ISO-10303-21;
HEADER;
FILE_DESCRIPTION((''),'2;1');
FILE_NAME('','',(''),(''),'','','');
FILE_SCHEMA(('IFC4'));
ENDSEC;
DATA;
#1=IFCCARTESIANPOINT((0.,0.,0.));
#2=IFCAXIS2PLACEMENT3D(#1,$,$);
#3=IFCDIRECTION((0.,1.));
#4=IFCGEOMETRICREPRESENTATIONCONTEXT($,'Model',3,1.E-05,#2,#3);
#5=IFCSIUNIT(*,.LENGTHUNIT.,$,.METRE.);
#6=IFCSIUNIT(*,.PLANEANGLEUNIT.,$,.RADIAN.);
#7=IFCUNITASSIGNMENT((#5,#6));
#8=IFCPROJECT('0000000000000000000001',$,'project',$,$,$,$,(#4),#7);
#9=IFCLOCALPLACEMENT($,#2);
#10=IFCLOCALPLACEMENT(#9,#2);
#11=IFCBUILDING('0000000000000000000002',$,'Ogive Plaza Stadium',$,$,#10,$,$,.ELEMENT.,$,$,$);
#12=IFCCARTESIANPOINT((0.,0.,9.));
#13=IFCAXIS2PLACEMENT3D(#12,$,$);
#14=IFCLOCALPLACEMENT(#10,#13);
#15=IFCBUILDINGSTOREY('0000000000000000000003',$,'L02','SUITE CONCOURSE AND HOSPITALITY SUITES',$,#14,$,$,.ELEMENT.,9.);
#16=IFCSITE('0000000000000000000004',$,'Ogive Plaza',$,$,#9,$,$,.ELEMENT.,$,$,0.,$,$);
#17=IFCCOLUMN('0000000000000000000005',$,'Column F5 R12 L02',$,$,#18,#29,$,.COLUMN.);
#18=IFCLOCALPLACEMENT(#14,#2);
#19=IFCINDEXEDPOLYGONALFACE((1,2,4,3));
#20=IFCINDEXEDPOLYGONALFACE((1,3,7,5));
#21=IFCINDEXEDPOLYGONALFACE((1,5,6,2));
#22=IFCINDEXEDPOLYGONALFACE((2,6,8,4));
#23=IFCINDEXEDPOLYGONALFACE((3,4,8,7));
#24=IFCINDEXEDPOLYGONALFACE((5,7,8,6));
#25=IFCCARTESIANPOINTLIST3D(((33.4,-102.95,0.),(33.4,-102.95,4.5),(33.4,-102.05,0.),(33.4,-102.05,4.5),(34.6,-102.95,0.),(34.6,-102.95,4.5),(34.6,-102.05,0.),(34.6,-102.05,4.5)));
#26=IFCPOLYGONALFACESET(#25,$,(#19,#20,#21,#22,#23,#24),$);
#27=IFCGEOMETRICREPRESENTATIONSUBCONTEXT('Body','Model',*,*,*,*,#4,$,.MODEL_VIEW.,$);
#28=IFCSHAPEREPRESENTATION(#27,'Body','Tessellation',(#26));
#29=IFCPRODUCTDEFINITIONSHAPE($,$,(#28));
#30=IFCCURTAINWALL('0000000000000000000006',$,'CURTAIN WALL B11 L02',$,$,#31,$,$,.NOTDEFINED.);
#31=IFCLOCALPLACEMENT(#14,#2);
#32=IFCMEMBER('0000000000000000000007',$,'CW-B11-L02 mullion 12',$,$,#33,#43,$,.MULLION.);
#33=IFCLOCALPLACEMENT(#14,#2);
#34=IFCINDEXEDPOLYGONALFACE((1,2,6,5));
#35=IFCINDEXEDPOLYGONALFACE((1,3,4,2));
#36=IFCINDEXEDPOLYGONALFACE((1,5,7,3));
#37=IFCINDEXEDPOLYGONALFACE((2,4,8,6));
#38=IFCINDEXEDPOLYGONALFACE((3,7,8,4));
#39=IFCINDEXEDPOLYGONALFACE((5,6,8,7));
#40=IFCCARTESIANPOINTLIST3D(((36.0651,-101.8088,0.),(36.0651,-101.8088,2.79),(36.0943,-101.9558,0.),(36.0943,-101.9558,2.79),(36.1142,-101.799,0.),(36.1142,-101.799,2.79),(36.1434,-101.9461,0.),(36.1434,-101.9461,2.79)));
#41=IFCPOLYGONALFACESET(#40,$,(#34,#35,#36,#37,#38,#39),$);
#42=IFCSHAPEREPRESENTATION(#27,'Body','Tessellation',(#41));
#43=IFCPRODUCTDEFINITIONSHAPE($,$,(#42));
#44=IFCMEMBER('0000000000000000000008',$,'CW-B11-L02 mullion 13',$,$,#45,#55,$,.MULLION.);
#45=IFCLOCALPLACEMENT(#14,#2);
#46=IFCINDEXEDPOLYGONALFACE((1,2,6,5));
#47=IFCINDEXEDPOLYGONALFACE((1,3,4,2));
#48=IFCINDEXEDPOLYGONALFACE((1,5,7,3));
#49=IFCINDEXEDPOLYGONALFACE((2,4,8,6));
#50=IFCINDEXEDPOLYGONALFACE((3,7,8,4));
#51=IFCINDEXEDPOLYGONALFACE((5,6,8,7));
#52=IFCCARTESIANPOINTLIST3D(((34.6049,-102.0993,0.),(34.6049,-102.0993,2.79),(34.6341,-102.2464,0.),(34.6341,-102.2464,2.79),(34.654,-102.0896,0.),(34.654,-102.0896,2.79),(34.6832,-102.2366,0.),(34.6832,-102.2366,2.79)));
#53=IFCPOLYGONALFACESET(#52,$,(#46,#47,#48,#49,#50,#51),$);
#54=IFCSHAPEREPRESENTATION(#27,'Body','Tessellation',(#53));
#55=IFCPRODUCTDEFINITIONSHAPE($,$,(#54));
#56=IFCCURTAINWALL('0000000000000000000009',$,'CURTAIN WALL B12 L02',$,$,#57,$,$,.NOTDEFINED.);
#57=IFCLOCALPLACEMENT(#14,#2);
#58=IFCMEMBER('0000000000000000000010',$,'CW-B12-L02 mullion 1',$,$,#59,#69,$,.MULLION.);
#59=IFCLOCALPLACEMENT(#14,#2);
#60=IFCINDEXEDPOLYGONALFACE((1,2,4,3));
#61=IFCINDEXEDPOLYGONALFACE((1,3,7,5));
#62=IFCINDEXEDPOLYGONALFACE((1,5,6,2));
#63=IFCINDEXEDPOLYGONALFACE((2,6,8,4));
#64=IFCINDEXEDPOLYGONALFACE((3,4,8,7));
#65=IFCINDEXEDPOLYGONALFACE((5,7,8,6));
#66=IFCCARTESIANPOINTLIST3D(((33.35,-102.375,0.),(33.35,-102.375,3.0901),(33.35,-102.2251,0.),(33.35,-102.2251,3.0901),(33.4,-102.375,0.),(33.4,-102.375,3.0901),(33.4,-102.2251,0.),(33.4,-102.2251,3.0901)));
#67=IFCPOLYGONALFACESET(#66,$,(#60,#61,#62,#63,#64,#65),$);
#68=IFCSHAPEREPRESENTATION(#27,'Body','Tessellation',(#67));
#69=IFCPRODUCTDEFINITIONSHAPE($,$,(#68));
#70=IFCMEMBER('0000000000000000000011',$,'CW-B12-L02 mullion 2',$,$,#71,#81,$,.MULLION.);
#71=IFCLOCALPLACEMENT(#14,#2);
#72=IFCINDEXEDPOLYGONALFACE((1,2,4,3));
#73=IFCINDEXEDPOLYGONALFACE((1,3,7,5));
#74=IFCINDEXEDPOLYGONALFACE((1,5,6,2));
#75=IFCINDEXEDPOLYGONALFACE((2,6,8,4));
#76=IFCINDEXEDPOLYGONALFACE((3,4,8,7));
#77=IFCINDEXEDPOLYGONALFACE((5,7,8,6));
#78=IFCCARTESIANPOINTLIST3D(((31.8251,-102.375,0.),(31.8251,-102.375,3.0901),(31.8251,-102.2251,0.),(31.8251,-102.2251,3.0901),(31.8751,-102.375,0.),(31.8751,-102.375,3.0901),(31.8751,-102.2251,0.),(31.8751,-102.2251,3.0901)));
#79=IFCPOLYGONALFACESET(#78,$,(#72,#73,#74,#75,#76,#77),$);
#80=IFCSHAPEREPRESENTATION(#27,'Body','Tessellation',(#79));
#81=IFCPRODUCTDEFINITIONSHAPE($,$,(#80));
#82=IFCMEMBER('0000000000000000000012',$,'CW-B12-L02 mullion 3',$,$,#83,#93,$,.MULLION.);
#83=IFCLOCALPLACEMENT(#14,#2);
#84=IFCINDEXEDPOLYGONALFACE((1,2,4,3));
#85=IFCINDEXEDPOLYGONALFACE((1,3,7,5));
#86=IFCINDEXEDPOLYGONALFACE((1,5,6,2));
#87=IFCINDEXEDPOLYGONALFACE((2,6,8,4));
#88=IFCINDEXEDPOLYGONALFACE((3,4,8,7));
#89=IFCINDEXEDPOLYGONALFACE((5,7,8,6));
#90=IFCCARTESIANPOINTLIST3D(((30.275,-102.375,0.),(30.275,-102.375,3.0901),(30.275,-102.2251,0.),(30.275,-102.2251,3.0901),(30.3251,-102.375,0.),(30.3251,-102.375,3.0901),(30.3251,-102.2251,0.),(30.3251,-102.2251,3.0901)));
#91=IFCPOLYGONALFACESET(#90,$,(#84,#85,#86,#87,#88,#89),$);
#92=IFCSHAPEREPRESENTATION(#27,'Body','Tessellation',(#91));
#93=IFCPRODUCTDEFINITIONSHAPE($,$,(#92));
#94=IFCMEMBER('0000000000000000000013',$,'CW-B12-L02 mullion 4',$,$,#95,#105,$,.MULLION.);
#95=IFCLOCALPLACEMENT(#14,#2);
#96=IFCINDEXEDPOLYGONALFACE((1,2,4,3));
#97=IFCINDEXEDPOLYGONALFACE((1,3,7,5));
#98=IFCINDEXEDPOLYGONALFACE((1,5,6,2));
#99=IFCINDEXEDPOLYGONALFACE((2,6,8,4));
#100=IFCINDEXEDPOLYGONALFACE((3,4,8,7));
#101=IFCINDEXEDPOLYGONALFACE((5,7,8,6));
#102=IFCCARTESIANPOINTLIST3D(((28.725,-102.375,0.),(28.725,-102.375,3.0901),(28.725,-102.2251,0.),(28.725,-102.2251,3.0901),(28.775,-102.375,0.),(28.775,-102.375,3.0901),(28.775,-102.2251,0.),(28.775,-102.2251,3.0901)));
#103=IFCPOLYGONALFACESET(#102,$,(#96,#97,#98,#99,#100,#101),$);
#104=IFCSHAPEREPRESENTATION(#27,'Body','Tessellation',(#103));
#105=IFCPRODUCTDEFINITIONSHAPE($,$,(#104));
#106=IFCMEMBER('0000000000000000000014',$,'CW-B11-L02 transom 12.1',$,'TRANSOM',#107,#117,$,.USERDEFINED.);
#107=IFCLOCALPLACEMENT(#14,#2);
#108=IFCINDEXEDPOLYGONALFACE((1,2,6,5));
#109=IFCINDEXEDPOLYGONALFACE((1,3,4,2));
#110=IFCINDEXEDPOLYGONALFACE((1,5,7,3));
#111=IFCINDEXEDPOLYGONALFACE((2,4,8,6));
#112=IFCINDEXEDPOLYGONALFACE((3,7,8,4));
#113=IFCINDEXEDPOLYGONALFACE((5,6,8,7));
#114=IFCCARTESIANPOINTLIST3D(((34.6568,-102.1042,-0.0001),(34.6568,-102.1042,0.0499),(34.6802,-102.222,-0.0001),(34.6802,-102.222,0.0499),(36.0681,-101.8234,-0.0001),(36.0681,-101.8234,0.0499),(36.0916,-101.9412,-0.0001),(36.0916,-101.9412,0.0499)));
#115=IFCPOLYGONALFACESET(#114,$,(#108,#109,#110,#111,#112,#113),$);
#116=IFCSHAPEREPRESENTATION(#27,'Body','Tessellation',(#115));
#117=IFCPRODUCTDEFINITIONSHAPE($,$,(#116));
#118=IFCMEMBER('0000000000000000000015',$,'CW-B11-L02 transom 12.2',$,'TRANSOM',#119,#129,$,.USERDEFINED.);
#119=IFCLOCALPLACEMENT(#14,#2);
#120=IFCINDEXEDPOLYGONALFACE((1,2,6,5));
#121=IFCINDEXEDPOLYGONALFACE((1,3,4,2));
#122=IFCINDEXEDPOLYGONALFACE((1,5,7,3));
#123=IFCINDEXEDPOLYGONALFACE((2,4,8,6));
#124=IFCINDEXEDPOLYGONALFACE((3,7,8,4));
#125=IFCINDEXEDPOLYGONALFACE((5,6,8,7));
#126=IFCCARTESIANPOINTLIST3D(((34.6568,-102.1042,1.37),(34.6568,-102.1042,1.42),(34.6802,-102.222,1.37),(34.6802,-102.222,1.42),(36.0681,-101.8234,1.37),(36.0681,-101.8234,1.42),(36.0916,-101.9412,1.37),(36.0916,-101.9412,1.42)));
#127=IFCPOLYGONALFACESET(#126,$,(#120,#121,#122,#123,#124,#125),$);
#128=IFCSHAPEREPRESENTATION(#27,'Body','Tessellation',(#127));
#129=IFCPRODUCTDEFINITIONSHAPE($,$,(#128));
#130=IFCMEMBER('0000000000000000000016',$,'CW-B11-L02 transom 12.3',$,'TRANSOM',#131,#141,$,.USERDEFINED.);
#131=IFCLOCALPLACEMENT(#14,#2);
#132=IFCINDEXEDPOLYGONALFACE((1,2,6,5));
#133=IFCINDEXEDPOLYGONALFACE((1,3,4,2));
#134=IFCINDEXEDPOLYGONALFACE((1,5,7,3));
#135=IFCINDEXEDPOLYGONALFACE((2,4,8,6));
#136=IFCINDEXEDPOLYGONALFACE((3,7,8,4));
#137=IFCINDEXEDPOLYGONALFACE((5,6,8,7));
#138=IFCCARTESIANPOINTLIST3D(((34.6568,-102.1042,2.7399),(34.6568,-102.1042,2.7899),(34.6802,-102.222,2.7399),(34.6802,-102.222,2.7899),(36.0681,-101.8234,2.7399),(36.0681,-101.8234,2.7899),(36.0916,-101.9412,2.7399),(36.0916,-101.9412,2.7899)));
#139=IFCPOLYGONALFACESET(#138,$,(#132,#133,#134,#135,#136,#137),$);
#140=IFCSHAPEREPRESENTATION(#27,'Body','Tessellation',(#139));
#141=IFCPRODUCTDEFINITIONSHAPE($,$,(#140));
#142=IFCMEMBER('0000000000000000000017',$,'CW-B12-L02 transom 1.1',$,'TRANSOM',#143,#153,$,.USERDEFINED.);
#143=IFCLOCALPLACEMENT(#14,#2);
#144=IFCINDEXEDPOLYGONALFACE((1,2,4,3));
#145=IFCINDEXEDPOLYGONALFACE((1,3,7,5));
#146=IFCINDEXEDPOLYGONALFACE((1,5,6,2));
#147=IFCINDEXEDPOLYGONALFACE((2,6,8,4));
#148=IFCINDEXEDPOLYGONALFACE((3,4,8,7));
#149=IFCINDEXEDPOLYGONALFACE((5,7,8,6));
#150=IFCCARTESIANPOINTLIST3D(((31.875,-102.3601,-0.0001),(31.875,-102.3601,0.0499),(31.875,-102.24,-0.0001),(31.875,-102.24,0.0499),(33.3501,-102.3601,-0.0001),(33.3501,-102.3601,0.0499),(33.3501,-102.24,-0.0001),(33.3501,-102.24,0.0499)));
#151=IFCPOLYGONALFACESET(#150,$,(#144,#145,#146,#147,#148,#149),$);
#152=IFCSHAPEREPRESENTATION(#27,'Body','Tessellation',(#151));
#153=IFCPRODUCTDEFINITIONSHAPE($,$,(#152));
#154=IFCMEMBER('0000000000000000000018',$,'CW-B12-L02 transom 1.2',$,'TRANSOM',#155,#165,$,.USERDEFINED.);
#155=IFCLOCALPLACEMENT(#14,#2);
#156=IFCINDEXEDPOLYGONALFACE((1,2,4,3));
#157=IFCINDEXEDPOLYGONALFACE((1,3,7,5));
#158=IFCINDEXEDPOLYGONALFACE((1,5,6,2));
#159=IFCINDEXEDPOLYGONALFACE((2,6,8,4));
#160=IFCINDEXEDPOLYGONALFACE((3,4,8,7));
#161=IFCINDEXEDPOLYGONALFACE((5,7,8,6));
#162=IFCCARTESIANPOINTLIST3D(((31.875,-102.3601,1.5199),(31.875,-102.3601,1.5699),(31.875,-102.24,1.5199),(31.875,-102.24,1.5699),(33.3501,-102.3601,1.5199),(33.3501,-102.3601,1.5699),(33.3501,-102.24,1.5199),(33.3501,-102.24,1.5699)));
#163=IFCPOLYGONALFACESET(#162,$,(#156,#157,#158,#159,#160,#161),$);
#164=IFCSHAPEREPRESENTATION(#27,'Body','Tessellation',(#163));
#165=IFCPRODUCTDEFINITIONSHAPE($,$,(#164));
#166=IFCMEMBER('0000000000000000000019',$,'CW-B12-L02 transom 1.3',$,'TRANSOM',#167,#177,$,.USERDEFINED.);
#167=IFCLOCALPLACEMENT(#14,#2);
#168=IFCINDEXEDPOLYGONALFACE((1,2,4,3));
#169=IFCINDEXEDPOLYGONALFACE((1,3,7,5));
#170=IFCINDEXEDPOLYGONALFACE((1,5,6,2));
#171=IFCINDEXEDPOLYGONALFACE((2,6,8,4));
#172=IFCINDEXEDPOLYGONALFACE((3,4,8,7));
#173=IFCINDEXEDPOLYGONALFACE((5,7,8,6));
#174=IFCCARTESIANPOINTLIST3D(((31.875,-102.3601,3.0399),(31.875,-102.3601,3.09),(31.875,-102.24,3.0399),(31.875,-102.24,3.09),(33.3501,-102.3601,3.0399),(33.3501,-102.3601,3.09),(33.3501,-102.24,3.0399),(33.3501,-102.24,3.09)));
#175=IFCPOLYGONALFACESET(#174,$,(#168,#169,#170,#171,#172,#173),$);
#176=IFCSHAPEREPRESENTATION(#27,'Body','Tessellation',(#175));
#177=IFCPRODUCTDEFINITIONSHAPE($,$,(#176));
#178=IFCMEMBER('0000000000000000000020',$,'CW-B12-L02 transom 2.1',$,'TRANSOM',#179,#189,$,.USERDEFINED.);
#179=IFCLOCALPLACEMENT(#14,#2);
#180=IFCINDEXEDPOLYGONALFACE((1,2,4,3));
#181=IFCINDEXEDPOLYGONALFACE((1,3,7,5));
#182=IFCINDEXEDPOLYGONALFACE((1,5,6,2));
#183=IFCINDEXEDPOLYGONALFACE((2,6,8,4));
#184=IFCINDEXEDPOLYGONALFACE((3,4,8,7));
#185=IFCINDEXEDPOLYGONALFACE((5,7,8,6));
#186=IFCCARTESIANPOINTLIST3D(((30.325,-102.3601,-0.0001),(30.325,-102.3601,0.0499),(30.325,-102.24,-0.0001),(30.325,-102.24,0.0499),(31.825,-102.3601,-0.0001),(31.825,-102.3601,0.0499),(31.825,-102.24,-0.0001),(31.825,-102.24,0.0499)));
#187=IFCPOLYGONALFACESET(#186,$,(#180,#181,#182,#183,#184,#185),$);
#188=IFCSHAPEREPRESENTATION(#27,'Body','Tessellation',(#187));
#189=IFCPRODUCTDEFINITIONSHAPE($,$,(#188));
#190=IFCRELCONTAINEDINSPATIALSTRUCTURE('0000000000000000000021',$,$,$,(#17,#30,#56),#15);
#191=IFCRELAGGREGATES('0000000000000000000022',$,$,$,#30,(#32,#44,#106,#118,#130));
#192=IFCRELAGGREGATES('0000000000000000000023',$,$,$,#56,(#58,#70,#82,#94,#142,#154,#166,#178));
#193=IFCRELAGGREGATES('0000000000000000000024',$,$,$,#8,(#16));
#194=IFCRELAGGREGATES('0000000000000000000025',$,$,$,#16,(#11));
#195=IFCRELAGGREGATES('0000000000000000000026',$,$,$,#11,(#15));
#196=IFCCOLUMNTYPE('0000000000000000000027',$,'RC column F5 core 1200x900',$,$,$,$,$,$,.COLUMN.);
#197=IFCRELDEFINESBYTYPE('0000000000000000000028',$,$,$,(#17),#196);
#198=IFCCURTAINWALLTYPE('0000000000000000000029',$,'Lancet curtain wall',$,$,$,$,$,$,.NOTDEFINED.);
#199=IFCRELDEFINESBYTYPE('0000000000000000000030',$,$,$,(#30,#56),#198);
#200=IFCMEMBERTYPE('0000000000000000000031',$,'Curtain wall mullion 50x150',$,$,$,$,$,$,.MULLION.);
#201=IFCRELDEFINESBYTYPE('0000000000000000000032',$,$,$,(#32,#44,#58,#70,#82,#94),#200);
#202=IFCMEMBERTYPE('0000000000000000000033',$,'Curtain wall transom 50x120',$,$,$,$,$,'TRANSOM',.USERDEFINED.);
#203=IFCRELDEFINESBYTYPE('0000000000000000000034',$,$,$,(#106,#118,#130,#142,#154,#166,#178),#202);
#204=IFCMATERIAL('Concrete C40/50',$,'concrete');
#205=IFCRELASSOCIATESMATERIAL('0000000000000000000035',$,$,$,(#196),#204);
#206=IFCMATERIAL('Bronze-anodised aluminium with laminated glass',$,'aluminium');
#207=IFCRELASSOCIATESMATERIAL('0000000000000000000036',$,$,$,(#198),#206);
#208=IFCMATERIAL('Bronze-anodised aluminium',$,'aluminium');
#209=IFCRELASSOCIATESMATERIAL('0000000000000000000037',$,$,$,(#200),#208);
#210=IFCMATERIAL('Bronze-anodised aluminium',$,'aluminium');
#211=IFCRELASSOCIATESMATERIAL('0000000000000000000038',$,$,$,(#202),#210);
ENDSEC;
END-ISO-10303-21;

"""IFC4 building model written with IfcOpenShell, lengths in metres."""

from ifc_helpers import new_model, si_unit, direction, frame, origin, origin_2d, place, context, subcontext, project, spatial, rectangle, extrude, material, material_profile, profile_set, type_object, element, aggregate, save


model = new_model("IFC4")

# Units and contexts
model_context = context("Model", 3, precision=1e-05, world=origin(), true_north=direction((0.0, 1.0)))
body_context = subcontext(model_context, "Body", "Model", "MODEL_VIEW")
ifc_project = project(units=[si_unit("LENGTHUNIT", "METRE"), si_unit("PLANEANGLEUNIT", "RADIAN")], contexts=[model_context])

# Site, building, storey
site_placement = place(None, origin())
site = spatial("IfcSite", under=ifc_project, at=site_placement, Name="Ogive Plaza", CompositionType="ELEMENT", RefElevation=0.0)
building_placement = place(site_placement, origin())
building = spatial("IfcBuilding", under=site, at=building_placement, Name="Ogive Plaza Stadium", CompositionType="ELEMENT")
storey_placement = place(building_placement, frame((0.0, 0.0, 9.0)))
storey = spatial("IfcBuildingStorey", under=building, at=storey_placement, Name="L02", Description="SUITE CONCOURSE AND HOSPITALITY SUITES", CompositionType="ELEMENT", Elevation=9.0)

# Column
ifc_material_1 = material(Name="Concrete C40/50", Category="concrete")
ifc_material_profile_1 = material_profile(ifc_material_1, rectangle(XDim=1.2, YDim=0.8999, at=origin_2d()), Name="RC 1200x900")
ifc_profile_set_1 = profile_set([ifc_material_profile_1], Name="Concrete C40/50")
column_type = type_object("IfcColumnType", Name="RC column F5 core 1200x900", PredefinedType="COLUMN", material=ifc_profile_set_1)
column_placement = place(storey_placement, frame((34.0, -102.5, 0.0), z_axis=(0.0, 0.0, 1.0), x_axis=(1.0, 0.0, 0.0)))
element("IfcColumn", 1, at=column_placement, inside=storey, type_object=column_type, Name="Column F5 R12 L02", PredefinedType="COLUMN", context=body_context, shape_type="SweptSolid", body=[
    extrude(rectangle(XDim=1.2, YDim=0.8999, at=origin_2d()), origin(), (0.0, 0.0, 1.0), 4.5),
])

# Curtain walls, members
ifc_material_2 = material(Name="Bronze-anodised aluminium with laminated glass", Category="aluminium")
curtain_wall_type = type_object("IfcCurtainWallType", Name="Lancet curtain wall", PredefinedType="NOTDEFINED", material=ifc_material_2)
curtain_wall_1_placement = place(storey_placement, origin())
curtain_wall_1 = element("IfcCurtainWall", 2, at=curtain_wall_1_placement, inside=storey, type_object=curtain_wall_type, Name="CURTAIN WALL B11 L02", PredefinedType="NOTDEFINED")
ifc_material_3 = material(Name="Bronze-anodised aluminium", Category="aluminium")
ifc_material_profile_2 = material_profile(ifc_material_3, rectangle(XDim=0.1499, YDim=0.05, at=origin_2d()), Name="AL 150x50")
ifc_profile_set_2 = profile_set([ifc_material_profile_2], Name="Bronze-anodised aluminium")
member_type_1 = type_object("IfcMemberType", Name="Curtain wall mullion 50x150", PredefinedType="MULLION", material=ifc_profile_set_2)
member_1_placement = place(storey_placement, frame((36.1042, -101.8774, 0.0), z_axis=(0.0, 0.0, 1.0), x_axis=(0.19509, -0.980785, 0.0)))
member_1 = element("IfcMember", 3, at=member_1_placement, type_object=member_type_1, Name="CW-B11-L02 mullion 12", PredefinedType="MULLION", context=body_context, shape_type="SweptSolid", body=[
    extrude(rectangle(XDim=0.1499, YDim=0.05, at=origin_2d()), origin(), (0.0, 0.0, 1.0), 2.79),
])
member_2_placement = place(storey_placement, frame((34.644, -102.168, 0.0), z_axis=(0.0, 0.0, 1.0), x_axis=(0.19509, -0.980785, 0.0)))
member_2 = element("IfcMember", 4, at=member_2_placement, type_object=member_type_1, Name="CW-B11-L02 mullion 13", PredefinedType="MULLION", context=body_context, shape_type="SweptSolid", body=[
    extrude(rectangle(XDim=0.1499, YDim=0.05, at=origin_2d()), origin(), (0.0, 0.0, 1.0), 2.79),
])
curtain_wall_2_placement = place(storey_placement, origin())
curtain_wall_2 = element("IfcCurtainWall", 5, at=curtain_wall_2_placement, inside=storey, type_object=curtain_wall_type, Name="CURTAIN WALL B12 L02", PredefinedType="NOTDEFINED")
member_3_placement = place(storey_placement, frame((33.375, -102.3, 0.0), z_axis=(0.0, 0.0, 1.0), x_axis=(0.0, -1.0, 0.0)))
member_3 = element("IfcMember", 6, at=member_3_placement, type_object=member_type_1, Name="CW-B12-L02 mullion 1", PredefinedType="MULLION", context=body_context, shape_type="SweptSolid", body=[
    extrude(rectangle(XDim=0.1499, YDim=0.05, at=origin_2d()), origin(), (0.0, 0.0, 1.0), 3.0901),
])
member_4_placement = place(storey_placement, frame((31.8501, -102.3, 0.0), z_axis=(0.0, 0.0, 1.0), x_axis=(0.0, -1.0, 0.0)))
member_4 = element("IfcMember", 7, at=member_4_placement, type_object=member_type_1, Name="CW-B12-L02 mullion 2", PredefinedType="MULLION", context=body_context, shape_type="SweptSolid", body=[
    extrude(rectangle(XDim=0.1499, YDim=0.05, at=origin_2d()), origin(), (0.0, 0.0, 1.0), 3.0901),
])
member_5_placement = place(storey_placement, frame((30.3, -102.3, 0.0), z_axis=(0.0, 0.0, 1.0), x_axis=(0.0, -1.0, 0.0)))
member_5 = element("IfcMember", 8, at=member_5_placement, type_object=member_type_1, Name="CW-B12-L02 mullion 3", PredefinedType="MULLION", context=body_context, shape_type="SweptSolid", body=[
    extrude(rectangle(XDim=0.1499, YDim=0.05, at=origin_2d()), origin(), (0.0, 0.0, 1.0), 3.0901),
])
member_6_placement = place(storey_placement, frame((28.75, -102.3, 0.0), z_axis=(0.0, 0.0, 1.0), x_axis=(0.0, -1.0, 0.0)))
member_6 = element("IfcMember", 9, at=member_6_placement, type_object=member_type_1, Name="CW-B12-L02 mullion 4", PredefinedType="MULLION", context=body_context, shape_type="SweptSolid", body=[
    extrude(rectangle(XDim=0.1499, YDim=0.05, at=origin_2d()), origin(), (0.0, 0.0, 1.0), 3.0901),
])

# Members
ifc_material_4 = material(Name="Bronze-anodised aluminium", Category="aluminium")
ifc_material_profile_3 = material_profile(ifc_material_4, rectangle(XDim=0.1201, YDim=0.05, at=origin_2d()), Name="AL 120x50")
ifc_profile_set_3 = profile_set([ifc_material_profile_3], Name="Bronze-anodised aluminium")
member_type_2 = type_object("IfcMemberType", Name="Curtain wall transom 50x120", ElementType="TRANSOM", PredefinedType="USERDEFINED", material=ifc_profile_set_3)
member_7_placement = place(storey_placement, frame((36.0798, -101.8823, 0.0249), z_axis=(-0.980782, -0.195105, 0.0), x_axis=(0.195105, -0.980782, 0.0)))
member_7 = element("IfcMember", 10, at=member_7_placement, type_object=member_type_2, Name="CW-B11-L02 transom 12.1", ObjectType="TRANSOM", PredefinedType="USERDEFINED", context=body_context, shape_type="SweptSolid", body=[
    extrude(rectangle(XDim=0.1201, YDim=0.05, at=origin_2d()), origin(), (0.0, 0.0, 1.0), 1.439),
])
member_8_placement = place(storey_placement, frame((36.0798, -101.8823, 1.395), z_axis=(-0.980782, -0.195105, 0.0), x_axis=(0.195105, -0.980782, 0.0)))
member_8 = element("IfcMember", 11, at=member_8_placement, type_object=member_type_2, Name="CW-B11-L02 transom 12.2", ObjectType="TRANSOM", PredefinedType="USERDEFINED", context=body_context, shape_type="SweptSolid", body=[
    extrude(rectangle(XDim=0.1201, YDim=0.05, at=origin_2d()), origin(), (0.0, 0.0, 1.0), 1.439),
])
member_9_placement = place(storey_placement, frame((36.0798, -101.8823, 2.7649), z_axis=(-0.980782, -0.195105, 0.0), x_axis=(0.195105, -0.980782, 0.0)))
member_9 = element("IfcMember", 12, at=member_9_placement, type_object=member_type_2, Name="CW-B11-L02 transom 12.3", ObjectType="TRANSOM", PredefinedType="USERDEFINED", context=body_context, shape_type="SweptSolid", body=[
    extrude(rectangle(XDim=0.1201, YDim=0.05, at=origin_2d()), origin(), (0.0, 0.0, 1.0), 1.439),
])
member_10_placement = place(storey_placement, frame((33.3501, -102.3, 0.0249), z_axis=(-1.0, 0.0, 0.0), x_axis=(0.0, -1.0, 0.0)))
member_10 = element("IfcMember", 13, at=member_10_placement, type_object=member_type_2, Name="CW-B12-L02 transom 1.1", ObjectType="TRANSOM", PredefinedType="USERDEFINED", context=body_context, shape_type="SweptSolid", body=[
    extrude(rectangle(XDim=0.1201, YDim=0.05, at=origin_2d()), origin(), (0.0, 0.0, 1.0), 1.4751),
])
member_11_placement = place(storey_placement, frame((33.3501, -102.3, 1.5449), z_axis=(-1.0, 0.0, 0.0), x_axis=(0.0, -1.0, 0.0)))
member_11 = element("IfcMember", 14, at=member_11_placement, type_object=member_type_2, Name="CW-B12-L02 transom 1.2", ObjectType="TRANSOM", PredefinedType="USERDEFINED", context=body_context, shape_type="SweptSolid", body=[
    extrude(rectangle(XDim=0.1201, YDim=0.05, at=origin_2d()), origin(), (0.0, 0.0, 1.0), 1.4751),
])
member_12_placement = place(storey_placement, frame((33.3501, -102.3, 3.0649), z_axis=(-1.0, 0.0, 0.0), x_axis=(0.0, -1.0, 0.0)))
member_12 = element("IfcMember", 15, at=member_12_placement, type_object=member_type_2, Name="CW-B12-L02 transom 1.3", ObjectType="TRANSOM", PredefinedType="USERDEFINED", context=body_context, shape_type="SweptSolid", body=[
    extrude(rectangle(XDim=0.1201, YDim=0.05, at=origin_2d()), origin(), (0.0, 0.0, 1.0), 1.4751),
])
member_13_placement = place(storey_placement, frame((31.825, -102.3, 0.0249), z_axis=(-1.0, 0.0, 0.0), x_axis=(0.0, -1.0, 0.0)))
member_13 = element("IfcMember", 16, at=member_13_placement, type_object=member_type_2, Name="CW-B12-L02 transom 2.1", ObjectType="TRANSOM", PredefinedType="USERDEFINED", context=body_context, shape_type="SweptSolid", body=[
    extrude(rectangle(XDim=0.1201, YDim=0.05, at=origin_2d()), origin(), (0.0, 0.0, 1.0), 1.5),
])

aggregate(curtain_wall_1, [member_1, member_2, member_7, member_8, member_9])
aggregate(curtain_wall_2, [member_3, member_4, member_5, member_6, member_10, member_11, member_12, member_13])

save(model, "model.ifc")
